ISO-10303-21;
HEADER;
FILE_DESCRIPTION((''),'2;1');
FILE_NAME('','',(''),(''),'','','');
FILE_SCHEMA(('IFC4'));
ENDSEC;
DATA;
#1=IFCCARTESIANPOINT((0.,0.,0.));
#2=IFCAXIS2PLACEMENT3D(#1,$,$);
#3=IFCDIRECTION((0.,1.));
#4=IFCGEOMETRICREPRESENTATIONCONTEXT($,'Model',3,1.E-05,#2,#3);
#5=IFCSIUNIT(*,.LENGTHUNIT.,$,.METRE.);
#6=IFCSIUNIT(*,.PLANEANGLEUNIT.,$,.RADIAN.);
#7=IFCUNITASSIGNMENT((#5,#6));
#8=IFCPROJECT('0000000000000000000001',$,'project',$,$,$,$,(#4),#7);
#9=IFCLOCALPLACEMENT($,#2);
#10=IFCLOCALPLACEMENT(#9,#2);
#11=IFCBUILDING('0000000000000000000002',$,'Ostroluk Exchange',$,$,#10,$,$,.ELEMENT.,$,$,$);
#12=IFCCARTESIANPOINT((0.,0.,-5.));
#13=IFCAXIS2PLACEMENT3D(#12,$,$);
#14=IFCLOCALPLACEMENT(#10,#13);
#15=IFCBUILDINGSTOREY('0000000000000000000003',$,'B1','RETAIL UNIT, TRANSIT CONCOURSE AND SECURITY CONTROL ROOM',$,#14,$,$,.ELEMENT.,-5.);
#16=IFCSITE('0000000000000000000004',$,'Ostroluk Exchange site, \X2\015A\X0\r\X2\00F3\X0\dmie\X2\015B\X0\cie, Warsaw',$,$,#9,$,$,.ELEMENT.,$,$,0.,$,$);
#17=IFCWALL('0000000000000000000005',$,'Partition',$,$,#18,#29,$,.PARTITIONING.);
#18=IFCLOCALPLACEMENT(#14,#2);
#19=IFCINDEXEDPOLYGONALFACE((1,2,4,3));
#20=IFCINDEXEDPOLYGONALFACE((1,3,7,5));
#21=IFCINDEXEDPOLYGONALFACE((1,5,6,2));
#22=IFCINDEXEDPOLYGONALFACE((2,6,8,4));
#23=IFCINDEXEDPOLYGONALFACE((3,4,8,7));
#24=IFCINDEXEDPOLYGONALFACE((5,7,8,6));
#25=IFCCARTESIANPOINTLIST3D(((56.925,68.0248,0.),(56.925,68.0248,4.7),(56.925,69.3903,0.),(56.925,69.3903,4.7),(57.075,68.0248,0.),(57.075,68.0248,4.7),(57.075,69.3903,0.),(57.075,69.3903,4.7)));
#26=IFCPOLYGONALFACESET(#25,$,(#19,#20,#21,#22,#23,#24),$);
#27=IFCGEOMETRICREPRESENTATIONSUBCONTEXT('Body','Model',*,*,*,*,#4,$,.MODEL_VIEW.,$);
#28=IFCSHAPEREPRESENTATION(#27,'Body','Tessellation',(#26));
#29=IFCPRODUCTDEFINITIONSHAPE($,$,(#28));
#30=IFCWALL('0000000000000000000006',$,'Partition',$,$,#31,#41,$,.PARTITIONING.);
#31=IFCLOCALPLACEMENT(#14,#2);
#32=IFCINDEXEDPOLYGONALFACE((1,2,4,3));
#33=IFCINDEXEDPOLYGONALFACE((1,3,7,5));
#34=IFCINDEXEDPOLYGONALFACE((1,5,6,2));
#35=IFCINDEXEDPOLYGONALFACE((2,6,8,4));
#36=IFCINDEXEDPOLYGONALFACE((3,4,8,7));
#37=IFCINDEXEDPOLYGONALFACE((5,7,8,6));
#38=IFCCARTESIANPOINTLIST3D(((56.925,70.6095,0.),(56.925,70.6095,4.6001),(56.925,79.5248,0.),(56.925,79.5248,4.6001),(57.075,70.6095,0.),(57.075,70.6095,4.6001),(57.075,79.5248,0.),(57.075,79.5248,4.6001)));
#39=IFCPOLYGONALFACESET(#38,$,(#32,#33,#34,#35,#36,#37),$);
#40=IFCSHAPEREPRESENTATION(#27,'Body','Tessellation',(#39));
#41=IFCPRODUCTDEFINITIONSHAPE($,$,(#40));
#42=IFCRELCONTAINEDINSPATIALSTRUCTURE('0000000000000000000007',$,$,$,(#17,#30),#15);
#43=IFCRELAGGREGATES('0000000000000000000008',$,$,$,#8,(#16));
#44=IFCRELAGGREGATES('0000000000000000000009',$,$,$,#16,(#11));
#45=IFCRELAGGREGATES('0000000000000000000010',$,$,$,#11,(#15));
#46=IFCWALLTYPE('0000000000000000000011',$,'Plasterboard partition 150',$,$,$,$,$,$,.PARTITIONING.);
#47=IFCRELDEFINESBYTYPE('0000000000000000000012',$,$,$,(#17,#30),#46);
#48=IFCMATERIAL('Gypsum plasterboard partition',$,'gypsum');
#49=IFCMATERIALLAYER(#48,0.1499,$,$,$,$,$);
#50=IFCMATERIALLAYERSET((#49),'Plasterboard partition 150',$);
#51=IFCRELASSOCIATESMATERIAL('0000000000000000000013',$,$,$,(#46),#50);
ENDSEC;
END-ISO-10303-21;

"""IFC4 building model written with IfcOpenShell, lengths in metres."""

from ifc_helpers import new_model, si_unit, direction, frame, frame_2d, origin, place, context, subcontext, project, spatial, rectangle, extrude, material, layer, layer_set, type_object, element, save


model = new_model("IFC4")

# Units and contexts
model_context = context("Model", 3, precision=1e-05, world=origin(), true_north=direction((0.0, 1.0)))
body_context = subcontext(model_context, "Body", "Model", "MODEL_VIEW")
ifc_project = project(units=[si_unit("LENGTHUNIT", "METRE"), si_unit("PLANEANGLEUNIT", "RADIAN")], contexts=[model_context])

# Site, building, storey
site_placement = place(None, origin())
site = spatial("IfcSite", under=ifc_project, at=site_placement, Name="Ostroluk Exchange site, Śródmieście, Warsaw", CompositionType="ELEMENT", RefElevation=0.0)
building_placement = place(site_placement, origin())
building = spatial("IfcBuilding", under=site, at=building_placement, Name="Ostroluk Exchange", CompositionType="ELEMENT")
storey_placement = place(building_placement, frame((0.0, 0.0, -5.0)))
storey = spatial("IfcBuildingStorey", under=building, at=storey_placement, Name="B1", Description="RETAIL UNIT, TRANSIT CONCOURSE AND SECURITY CONTROL ROOM", CompositionType="ELEMENT", Elevation=-5.0)

# Walls
ifc_material_1 = material(Name="Gypsum plasterboard partition", Category="gypsum")
ifc_layer = layer(ifc_material_1, 0.1499)
ifc_layer_set = layer_set([ifc_layer], Name="Plasterboard partition 150")
wall_type = type_object("IfcWallType", Name="Plasterboard partition 150", PredefinedType="PARTITIONING", material=ifc_layer_set)
wall_1_placement = place(storey_placement, frame((57.0, 68.0249, 0.0), z_axis=(0.0, 0.0, 1.0), x_axis=(0.0, 1.0, 0.0)))
element("IfcWall", 1, at=wall_1_placement, inside=storey, type_object=wall_type, Name="Partition", PredefinedType="PARTITIONING", context=body_context, shape_type="SweptSolid", body=[
    extrude(rectangle(XDim=1.3655, YDim=0.1499, at=frame_2d((0.6826, 0.0))), origin(), (0.0, 0.0, 1.0), 4.7),
])
wall_2_placement = place(storey_placement, frame((57.0, 70.6096, 0.0), z_axis=(0.0, 0.0, 1.0), x_axis=(0.0, 1.0, 0.0)))
element("IfcWall", 2, at=wall_2_placement, inside=storey, type_object=wall_type, Name="Partition", PredefinedType="PARTITIONING", context=body_context, shape_type="SweptSolid", body=[
    extrude(rectangle(XDim=8.9153, YDim=0.1499, at=frame_2d((4.4575, 0.0))), origin(), (0.0, 0.0, 1.0), 4.6001),
])

save(model, "model.ifc")
